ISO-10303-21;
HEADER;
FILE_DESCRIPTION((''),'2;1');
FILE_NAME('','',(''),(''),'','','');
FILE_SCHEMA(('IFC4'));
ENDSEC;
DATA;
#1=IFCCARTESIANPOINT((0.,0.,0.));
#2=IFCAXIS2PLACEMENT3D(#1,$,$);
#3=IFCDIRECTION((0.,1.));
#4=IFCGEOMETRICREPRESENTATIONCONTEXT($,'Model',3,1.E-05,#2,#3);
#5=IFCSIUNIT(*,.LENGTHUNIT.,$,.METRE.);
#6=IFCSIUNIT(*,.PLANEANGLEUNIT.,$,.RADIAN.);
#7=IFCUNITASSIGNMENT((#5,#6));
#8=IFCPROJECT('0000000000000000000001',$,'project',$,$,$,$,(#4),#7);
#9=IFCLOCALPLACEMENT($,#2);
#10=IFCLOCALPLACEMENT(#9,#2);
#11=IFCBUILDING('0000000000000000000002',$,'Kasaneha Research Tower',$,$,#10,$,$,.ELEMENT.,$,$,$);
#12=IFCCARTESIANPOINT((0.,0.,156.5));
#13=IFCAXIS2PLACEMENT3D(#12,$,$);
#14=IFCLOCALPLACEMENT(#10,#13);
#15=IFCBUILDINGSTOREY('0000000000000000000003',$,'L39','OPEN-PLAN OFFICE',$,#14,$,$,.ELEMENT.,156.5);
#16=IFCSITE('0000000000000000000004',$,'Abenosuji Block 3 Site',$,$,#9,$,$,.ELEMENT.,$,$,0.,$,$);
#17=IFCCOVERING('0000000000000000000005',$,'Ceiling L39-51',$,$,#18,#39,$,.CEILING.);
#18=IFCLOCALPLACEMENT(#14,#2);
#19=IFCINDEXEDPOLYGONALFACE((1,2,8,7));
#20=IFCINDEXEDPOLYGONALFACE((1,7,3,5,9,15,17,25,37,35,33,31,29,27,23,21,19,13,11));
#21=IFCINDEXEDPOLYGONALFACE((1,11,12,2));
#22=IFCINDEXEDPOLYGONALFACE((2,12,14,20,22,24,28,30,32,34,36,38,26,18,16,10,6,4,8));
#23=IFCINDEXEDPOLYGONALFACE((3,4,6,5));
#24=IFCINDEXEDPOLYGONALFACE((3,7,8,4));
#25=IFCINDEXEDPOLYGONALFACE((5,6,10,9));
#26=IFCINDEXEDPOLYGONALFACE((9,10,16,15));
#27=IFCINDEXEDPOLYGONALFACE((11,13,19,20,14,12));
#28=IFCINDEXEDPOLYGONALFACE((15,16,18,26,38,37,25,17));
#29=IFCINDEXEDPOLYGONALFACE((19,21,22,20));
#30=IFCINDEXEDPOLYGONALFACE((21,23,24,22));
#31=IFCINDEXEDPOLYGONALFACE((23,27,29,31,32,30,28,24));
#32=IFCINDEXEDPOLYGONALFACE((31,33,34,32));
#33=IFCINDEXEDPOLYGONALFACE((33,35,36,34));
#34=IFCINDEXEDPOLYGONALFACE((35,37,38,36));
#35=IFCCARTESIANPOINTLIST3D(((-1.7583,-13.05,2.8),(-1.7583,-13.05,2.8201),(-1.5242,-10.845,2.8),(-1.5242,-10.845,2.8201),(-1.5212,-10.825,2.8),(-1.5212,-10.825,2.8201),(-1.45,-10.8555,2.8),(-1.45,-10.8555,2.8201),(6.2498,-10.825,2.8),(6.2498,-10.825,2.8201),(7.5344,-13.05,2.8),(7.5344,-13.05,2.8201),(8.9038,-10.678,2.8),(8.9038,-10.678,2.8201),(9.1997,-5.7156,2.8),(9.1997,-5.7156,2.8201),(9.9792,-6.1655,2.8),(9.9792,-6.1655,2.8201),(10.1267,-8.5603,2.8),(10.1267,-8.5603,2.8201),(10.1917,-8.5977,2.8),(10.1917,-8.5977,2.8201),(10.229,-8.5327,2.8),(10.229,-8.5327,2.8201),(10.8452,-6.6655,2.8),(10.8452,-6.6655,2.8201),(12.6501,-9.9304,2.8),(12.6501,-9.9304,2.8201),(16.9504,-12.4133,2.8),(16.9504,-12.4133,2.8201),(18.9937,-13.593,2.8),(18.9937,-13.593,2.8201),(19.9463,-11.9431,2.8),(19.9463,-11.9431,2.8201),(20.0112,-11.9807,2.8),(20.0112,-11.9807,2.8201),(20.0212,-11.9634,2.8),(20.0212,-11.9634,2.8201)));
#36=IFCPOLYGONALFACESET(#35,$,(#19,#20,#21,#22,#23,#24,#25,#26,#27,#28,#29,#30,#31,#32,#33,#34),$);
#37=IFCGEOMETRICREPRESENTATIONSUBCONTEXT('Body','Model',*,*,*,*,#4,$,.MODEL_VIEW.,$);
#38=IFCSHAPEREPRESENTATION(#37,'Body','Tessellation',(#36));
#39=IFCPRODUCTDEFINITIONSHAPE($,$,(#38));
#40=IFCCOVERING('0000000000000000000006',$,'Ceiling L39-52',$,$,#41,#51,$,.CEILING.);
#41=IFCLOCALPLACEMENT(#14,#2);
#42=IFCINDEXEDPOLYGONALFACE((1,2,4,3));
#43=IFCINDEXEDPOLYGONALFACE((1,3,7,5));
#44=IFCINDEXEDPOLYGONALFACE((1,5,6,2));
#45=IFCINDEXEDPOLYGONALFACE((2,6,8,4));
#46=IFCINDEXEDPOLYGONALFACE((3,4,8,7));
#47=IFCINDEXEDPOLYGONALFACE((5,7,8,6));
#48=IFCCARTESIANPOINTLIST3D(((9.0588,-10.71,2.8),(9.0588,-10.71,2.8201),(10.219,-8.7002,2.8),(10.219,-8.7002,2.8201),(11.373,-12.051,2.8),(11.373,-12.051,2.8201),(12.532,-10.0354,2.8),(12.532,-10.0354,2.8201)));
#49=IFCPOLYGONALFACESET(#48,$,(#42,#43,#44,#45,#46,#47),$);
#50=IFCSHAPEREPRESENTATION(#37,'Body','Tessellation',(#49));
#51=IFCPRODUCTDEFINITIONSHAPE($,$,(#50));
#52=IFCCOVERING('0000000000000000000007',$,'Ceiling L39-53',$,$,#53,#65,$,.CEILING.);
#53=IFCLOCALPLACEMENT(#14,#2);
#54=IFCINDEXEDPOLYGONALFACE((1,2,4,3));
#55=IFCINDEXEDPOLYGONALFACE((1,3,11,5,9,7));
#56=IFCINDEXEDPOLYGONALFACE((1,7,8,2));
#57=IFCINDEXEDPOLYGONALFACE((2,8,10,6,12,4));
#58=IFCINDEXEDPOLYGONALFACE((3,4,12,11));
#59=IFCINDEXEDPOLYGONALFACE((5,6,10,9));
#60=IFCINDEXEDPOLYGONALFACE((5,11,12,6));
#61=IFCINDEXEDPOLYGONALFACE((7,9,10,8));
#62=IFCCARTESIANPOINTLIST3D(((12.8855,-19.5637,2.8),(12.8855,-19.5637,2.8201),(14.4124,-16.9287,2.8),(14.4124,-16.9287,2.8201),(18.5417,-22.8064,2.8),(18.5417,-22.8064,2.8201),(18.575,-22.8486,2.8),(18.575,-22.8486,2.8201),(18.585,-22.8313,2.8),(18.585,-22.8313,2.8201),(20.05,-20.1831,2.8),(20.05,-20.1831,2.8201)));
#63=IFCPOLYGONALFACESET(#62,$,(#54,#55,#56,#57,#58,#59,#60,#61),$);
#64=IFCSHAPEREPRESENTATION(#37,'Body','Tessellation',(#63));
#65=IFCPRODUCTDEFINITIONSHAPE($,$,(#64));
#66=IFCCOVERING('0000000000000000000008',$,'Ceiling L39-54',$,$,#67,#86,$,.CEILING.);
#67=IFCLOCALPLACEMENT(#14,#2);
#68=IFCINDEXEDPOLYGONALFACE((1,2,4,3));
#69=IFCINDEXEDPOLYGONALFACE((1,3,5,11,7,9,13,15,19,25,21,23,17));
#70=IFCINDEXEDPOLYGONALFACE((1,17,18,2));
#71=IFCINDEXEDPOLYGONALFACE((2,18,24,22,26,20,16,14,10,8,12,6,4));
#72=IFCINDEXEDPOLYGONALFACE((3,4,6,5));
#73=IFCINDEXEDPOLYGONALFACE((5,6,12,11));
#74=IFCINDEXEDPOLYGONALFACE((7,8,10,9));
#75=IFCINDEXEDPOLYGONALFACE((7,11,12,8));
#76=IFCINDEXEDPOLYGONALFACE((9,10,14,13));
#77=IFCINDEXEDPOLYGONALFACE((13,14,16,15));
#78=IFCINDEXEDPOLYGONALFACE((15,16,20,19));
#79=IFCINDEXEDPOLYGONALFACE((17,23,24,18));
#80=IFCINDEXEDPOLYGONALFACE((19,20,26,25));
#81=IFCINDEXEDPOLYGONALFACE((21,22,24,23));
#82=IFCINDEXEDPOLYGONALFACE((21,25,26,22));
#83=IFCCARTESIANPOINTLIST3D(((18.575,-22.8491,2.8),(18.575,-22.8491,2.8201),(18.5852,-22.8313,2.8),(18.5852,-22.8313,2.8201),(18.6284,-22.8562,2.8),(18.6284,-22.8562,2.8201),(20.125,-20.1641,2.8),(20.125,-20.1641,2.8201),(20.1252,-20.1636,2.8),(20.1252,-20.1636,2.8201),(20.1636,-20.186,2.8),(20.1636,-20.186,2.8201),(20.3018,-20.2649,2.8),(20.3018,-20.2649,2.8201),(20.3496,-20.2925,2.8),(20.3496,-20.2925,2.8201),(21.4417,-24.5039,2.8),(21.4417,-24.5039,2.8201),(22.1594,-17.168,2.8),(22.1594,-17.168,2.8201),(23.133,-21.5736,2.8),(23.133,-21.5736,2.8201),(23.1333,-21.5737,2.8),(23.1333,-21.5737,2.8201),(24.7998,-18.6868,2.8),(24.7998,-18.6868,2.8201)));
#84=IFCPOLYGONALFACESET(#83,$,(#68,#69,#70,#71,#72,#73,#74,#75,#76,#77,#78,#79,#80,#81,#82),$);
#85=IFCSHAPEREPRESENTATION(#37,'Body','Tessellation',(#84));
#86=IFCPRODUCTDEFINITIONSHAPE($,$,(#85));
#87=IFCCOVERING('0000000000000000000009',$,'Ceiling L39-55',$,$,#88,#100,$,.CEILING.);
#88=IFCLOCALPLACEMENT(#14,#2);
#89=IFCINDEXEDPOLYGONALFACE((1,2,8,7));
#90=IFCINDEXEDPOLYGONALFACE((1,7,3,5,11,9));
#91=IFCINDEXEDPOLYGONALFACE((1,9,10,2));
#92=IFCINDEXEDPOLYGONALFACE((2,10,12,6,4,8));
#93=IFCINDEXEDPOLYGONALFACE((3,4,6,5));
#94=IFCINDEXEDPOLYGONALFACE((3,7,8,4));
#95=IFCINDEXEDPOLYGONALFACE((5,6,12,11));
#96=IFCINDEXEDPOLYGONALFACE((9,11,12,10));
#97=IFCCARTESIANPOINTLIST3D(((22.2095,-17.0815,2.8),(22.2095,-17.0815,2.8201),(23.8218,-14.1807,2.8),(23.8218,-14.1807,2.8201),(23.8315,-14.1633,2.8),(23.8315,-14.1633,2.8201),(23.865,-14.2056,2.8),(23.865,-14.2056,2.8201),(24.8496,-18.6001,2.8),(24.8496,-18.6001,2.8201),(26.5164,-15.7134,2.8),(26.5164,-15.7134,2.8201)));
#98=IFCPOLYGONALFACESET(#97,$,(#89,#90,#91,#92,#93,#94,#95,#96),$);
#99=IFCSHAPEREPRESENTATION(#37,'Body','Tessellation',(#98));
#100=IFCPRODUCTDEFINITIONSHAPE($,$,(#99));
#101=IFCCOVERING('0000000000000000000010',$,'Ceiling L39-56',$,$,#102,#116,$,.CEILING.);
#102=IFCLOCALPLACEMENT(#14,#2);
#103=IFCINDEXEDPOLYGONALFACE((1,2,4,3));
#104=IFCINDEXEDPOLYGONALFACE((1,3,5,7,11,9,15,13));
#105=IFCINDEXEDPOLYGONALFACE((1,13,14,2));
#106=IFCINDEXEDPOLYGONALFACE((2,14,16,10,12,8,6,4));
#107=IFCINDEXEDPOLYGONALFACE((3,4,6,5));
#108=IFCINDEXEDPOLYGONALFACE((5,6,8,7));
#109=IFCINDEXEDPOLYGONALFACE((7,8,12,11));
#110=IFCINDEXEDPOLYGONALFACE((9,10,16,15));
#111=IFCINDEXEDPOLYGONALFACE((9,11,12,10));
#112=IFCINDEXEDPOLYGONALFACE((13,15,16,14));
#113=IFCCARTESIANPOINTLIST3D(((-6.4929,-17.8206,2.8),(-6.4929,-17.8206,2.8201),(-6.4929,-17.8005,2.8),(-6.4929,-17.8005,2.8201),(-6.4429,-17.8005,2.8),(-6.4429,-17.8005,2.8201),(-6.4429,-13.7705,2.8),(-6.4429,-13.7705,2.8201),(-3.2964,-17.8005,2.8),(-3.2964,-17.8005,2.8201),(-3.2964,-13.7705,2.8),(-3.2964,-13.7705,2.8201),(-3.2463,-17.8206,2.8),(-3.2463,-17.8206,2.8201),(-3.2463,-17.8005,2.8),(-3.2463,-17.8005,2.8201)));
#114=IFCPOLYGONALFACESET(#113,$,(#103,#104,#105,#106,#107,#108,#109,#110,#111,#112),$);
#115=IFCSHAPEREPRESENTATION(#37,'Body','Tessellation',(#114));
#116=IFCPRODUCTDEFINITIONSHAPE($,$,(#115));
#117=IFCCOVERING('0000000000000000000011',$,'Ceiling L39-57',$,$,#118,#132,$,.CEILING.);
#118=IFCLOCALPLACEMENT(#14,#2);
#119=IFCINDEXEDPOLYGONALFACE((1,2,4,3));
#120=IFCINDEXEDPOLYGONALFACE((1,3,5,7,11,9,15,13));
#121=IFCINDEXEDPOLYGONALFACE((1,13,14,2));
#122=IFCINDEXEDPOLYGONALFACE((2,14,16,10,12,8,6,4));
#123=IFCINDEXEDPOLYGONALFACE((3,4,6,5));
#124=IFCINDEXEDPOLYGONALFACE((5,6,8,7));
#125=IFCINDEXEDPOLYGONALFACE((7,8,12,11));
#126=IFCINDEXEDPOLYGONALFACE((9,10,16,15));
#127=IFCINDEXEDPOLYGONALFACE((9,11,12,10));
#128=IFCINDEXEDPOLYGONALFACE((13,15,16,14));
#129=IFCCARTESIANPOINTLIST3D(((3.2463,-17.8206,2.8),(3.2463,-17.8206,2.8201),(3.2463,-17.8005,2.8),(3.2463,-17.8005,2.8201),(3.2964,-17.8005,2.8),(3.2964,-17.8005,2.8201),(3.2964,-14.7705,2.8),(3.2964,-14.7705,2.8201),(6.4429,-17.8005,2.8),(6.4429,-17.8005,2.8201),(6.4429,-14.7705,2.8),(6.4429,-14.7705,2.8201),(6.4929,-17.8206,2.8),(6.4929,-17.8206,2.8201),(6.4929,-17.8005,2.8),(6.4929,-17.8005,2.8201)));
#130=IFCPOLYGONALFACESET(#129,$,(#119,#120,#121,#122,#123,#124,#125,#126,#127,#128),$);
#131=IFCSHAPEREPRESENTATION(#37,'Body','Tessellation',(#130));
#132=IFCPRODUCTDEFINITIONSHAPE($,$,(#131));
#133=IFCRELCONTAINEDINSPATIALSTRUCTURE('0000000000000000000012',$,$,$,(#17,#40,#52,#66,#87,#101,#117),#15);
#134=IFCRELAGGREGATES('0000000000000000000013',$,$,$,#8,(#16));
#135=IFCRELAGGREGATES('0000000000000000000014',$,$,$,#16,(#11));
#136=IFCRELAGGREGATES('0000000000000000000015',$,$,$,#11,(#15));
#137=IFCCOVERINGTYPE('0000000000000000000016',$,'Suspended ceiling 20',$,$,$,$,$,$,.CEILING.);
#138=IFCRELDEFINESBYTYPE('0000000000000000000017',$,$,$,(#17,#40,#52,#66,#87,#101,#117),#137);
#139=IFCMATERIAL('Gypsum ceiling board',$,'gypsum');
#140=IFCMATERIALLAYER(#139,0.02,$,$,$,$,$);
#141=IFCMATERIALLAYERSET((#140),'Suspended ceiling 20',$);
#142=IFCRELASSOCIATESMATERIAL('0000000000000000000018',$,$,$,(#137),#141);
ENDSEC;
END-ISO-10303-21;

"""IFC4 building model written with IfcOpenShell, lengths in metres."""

from ifc_helpers import new_model, si_unit, direction, frame, origin, place, context, subcontext, project, spatial, polyline, outline, extrude, material, layer, layer_set, type_object, element, save


model = new_model("IFC4")

# Units and contexts
model_context = context("Model", 3, precision=1e-05, world=origin(), true_north=direction((0.0, 1.0)))
body_context = subcontext(model_context, "Body", "Model", "MODEL_VIEW")
ifc_project = project(units=[si_unit("LENGTHUNIT", "METRE"), si_unit("PLANEANGLEUNIT", "RADIAN")], contexts=[model_context])

# Site, building, storey
site_placement = place(None, origin())
site = spatial("IfcSite", under=ifc_project, at=site_placement, Name="Abenosuji Block 3 Site", CompositionType="ELEMENT", RefElevation=0.0)
building_placement = place(site_placement, origin())
building = spatial("IfcBuilding", under=site, at=building_placement, Name="Kasaneha Research Tower", CompositionType="ELEMENT")
storey_placement = place(building_placement, frame((0.0, 0.0, 156.5)))
storey = spatial("IfcBuildingStorey", under=building, at=storey_placement, Name="L39", Description="OPEN-PLAN OFFICE", CompositionType="ELEMENT", Elevation=156.5)

# Coverings
ifc_material_1 = material(Name="Gypsum ceiling board", Category="gypsum")
ifc_layer_1 = layer(ifc_material_1, 0.02)
ifc_layer_set_1 = layer_set([ifc_layer_1], Name="Suspended ceiling 20")
covering_type_1 = type_object("IfcCoveringType", Name="Suspended ceiling 20", PredefinedType="CEILING", material=ifc_layer_set_1)
covering_1_placement = place(storey_placement, frame((0.0, 0.0, 2.8)))
element("IfcCovering", 1, at=covering_1_placement, inside=storey, type_object=covering_type_1, Name="Ceiling L39-51", PredefinedType="CEILING", context=body_context, shape_type="SweptSolid", body=[
    extrude(outline(polyline([(10.1917, -8.5977), (10.1267, -8.5603), (8.9038, -10.678), (8.9038, -10.678), (7.5344, -13.05), (-1.7583, -13.05), (-1.45, -10.8555), (-1.5242, -10.845), (-1.5212, -10.825), (6.2498, -10.825), (9.1997, -5.7156), (9.9792, -6.1655), (9.9792, -6.1655), (10.8452, -6.6655), (10.8452, -6.6655), (20.0212, -11.9634), (20.0112, -11.9807), (19.9463, -11.9431), (18.9937, -13.593), (16.9504, -12.4133), (16.9504, -12.4133), (12.6501, -9.9304), (12.6501, -9.9304), (10.229, -8.5327), (10.1917, -8.5977), (10.1917, -8.5977), (10.1917, -8.5977)])), origin(), (0.0, 0.0, 1.0), 0.02),
])
covering_2_placement = place(storey_placement, frame((0.0, 0.0, 2.8)))
element("IfcCovering", 2, at=covering_2_placement, inside=storey, type_object=covering_type_1, Name="Ceiling L39-52", PredefinedType="CEILING", context=body_context, shape_type="SweptSolid", body=[
    extrude(outline(polyline([(10.219, -8.7002), (12.532, -10.0354), (11.373, -12.051), (9.0588, -10.71), (10.219, -8.7002)])), origin(), (0.0, 0.0, 1.0), 0.02),
])
covering_3_placement = place(storey_placement, frame((0.0, 0.0, 2.8)))
element("IfcCovering", 3, at=covering_3_placement, inside=storey, type_object=covering_type_1, Name="Ceiling L39-53", PredefinedType="CEILING", context=body_context, shape_type="SweptSolid", body=[
    extrude(outline(polyline([(12.8855, -19.5637), (14.4124, -16.9287), (20.05, -20.1831), (18.5417, -22.8064), (18.585, -22.8313), (18.575, -22.8486), (12.8855, -19.5637)])), origin(), (0.0, 0.0, 1.0), 0.02),
])
covering_4_placement = place(storey_placement, frame((0.0, 0.0, 2.8)))
element("IfcCovering", 4, at=covering_4_placement, inside=storey, type_object=covering_type_1, Name="Ceiling L39-54", PredefinedType="CEILING", context=body_context, shape_type="SweptSolid", body=[
    extrude(outline(polyline([(20.8503, -20.2556), (23.1333, -21.5737), (21.4417, -24.5039), (18.575, -22.8491), (18.5852, -22.8313), (18.6284, -22.8562), (20.1636, -20.186), (20.125, -20.1641), (20.1252, -20.1636), (20.3018, -20.2649), (20.3496, -20.2925), (22.1594, -17.168), (24.7998, -18.6868), (23.1331, -21.5735), (20.8503, -20.2556)])), origin(), (0.0, 0.0, 1.0), 0.02),
])
covering_5_placement = place(storey_placement, frame((0.0, 0.0, 2.8)))
element("IfcCovering", 5, at=covering_5_placement, inside=storey, type_object=covering_type_1, Name="Ceiling L39-55", PredefinedType="CEILING", context=body_context, shape_type="SweptSolid", body=[
    extrude(outline(polyline([(24.8496, -18.6001), (22.2095, -17.0815), (23.865, -14.2056), (23.8218, -14.1807), (23.8315, -14.1633), (26.5164, -15.7134), (24.8496, -18.6001)])), origin(), (0.0, 0.0, 1.0), 0.02),
])
covering_6_placement = place(storey_placement, frame((0.0, 0.0, 2.8)))
element("IfcCovering", 6, at=covering_6_placement, inside=storey, type_object=covering_type_1, Name="Ceiling L39-56", PredefinedType="CEILING", context=body_context, shape_type="SweptSolid", body=[
    extrude(outline(polyline([(-6.4929, -17.8206), (-6.4929, -17.8005), (-6.4429, -17.8005), (-6.4429, -13.7705), (-3.2964, -13.7705), (-3.2964, -17.8005), (-3.2463, -17.8005), (-3.2463, -17.8206), (-6.4929, -17.8206)])), origin(), (0.0, 0.0, 1.0), 0.02),
])
covering_7_placement = place(storey_placement, frame((0.0, 0.0, 2.8)))
element("IfcCovering", 7, at=covering_7_placement, inside=storey, type_object=covering_type_1, Name="Ceiling L39-57", PredefinedType="CEILING", context=body_context, shape_type="SweptSolid", body=[
    extrude(outline(polyline([(3.2463, -17.8206), (3.2463, -17.8005), (3.2964, -17.8005), (3.2964, -14.7705), (6.4429, -14.7705), (6.4429, -17.8005), (6.4929, -17.8005), (6.4929, -17.8206), (3.2463, -17.8206)])), origin(), (0.0, 0.0, 1.0), 0.02),
])

save(model, "model.ifc")
